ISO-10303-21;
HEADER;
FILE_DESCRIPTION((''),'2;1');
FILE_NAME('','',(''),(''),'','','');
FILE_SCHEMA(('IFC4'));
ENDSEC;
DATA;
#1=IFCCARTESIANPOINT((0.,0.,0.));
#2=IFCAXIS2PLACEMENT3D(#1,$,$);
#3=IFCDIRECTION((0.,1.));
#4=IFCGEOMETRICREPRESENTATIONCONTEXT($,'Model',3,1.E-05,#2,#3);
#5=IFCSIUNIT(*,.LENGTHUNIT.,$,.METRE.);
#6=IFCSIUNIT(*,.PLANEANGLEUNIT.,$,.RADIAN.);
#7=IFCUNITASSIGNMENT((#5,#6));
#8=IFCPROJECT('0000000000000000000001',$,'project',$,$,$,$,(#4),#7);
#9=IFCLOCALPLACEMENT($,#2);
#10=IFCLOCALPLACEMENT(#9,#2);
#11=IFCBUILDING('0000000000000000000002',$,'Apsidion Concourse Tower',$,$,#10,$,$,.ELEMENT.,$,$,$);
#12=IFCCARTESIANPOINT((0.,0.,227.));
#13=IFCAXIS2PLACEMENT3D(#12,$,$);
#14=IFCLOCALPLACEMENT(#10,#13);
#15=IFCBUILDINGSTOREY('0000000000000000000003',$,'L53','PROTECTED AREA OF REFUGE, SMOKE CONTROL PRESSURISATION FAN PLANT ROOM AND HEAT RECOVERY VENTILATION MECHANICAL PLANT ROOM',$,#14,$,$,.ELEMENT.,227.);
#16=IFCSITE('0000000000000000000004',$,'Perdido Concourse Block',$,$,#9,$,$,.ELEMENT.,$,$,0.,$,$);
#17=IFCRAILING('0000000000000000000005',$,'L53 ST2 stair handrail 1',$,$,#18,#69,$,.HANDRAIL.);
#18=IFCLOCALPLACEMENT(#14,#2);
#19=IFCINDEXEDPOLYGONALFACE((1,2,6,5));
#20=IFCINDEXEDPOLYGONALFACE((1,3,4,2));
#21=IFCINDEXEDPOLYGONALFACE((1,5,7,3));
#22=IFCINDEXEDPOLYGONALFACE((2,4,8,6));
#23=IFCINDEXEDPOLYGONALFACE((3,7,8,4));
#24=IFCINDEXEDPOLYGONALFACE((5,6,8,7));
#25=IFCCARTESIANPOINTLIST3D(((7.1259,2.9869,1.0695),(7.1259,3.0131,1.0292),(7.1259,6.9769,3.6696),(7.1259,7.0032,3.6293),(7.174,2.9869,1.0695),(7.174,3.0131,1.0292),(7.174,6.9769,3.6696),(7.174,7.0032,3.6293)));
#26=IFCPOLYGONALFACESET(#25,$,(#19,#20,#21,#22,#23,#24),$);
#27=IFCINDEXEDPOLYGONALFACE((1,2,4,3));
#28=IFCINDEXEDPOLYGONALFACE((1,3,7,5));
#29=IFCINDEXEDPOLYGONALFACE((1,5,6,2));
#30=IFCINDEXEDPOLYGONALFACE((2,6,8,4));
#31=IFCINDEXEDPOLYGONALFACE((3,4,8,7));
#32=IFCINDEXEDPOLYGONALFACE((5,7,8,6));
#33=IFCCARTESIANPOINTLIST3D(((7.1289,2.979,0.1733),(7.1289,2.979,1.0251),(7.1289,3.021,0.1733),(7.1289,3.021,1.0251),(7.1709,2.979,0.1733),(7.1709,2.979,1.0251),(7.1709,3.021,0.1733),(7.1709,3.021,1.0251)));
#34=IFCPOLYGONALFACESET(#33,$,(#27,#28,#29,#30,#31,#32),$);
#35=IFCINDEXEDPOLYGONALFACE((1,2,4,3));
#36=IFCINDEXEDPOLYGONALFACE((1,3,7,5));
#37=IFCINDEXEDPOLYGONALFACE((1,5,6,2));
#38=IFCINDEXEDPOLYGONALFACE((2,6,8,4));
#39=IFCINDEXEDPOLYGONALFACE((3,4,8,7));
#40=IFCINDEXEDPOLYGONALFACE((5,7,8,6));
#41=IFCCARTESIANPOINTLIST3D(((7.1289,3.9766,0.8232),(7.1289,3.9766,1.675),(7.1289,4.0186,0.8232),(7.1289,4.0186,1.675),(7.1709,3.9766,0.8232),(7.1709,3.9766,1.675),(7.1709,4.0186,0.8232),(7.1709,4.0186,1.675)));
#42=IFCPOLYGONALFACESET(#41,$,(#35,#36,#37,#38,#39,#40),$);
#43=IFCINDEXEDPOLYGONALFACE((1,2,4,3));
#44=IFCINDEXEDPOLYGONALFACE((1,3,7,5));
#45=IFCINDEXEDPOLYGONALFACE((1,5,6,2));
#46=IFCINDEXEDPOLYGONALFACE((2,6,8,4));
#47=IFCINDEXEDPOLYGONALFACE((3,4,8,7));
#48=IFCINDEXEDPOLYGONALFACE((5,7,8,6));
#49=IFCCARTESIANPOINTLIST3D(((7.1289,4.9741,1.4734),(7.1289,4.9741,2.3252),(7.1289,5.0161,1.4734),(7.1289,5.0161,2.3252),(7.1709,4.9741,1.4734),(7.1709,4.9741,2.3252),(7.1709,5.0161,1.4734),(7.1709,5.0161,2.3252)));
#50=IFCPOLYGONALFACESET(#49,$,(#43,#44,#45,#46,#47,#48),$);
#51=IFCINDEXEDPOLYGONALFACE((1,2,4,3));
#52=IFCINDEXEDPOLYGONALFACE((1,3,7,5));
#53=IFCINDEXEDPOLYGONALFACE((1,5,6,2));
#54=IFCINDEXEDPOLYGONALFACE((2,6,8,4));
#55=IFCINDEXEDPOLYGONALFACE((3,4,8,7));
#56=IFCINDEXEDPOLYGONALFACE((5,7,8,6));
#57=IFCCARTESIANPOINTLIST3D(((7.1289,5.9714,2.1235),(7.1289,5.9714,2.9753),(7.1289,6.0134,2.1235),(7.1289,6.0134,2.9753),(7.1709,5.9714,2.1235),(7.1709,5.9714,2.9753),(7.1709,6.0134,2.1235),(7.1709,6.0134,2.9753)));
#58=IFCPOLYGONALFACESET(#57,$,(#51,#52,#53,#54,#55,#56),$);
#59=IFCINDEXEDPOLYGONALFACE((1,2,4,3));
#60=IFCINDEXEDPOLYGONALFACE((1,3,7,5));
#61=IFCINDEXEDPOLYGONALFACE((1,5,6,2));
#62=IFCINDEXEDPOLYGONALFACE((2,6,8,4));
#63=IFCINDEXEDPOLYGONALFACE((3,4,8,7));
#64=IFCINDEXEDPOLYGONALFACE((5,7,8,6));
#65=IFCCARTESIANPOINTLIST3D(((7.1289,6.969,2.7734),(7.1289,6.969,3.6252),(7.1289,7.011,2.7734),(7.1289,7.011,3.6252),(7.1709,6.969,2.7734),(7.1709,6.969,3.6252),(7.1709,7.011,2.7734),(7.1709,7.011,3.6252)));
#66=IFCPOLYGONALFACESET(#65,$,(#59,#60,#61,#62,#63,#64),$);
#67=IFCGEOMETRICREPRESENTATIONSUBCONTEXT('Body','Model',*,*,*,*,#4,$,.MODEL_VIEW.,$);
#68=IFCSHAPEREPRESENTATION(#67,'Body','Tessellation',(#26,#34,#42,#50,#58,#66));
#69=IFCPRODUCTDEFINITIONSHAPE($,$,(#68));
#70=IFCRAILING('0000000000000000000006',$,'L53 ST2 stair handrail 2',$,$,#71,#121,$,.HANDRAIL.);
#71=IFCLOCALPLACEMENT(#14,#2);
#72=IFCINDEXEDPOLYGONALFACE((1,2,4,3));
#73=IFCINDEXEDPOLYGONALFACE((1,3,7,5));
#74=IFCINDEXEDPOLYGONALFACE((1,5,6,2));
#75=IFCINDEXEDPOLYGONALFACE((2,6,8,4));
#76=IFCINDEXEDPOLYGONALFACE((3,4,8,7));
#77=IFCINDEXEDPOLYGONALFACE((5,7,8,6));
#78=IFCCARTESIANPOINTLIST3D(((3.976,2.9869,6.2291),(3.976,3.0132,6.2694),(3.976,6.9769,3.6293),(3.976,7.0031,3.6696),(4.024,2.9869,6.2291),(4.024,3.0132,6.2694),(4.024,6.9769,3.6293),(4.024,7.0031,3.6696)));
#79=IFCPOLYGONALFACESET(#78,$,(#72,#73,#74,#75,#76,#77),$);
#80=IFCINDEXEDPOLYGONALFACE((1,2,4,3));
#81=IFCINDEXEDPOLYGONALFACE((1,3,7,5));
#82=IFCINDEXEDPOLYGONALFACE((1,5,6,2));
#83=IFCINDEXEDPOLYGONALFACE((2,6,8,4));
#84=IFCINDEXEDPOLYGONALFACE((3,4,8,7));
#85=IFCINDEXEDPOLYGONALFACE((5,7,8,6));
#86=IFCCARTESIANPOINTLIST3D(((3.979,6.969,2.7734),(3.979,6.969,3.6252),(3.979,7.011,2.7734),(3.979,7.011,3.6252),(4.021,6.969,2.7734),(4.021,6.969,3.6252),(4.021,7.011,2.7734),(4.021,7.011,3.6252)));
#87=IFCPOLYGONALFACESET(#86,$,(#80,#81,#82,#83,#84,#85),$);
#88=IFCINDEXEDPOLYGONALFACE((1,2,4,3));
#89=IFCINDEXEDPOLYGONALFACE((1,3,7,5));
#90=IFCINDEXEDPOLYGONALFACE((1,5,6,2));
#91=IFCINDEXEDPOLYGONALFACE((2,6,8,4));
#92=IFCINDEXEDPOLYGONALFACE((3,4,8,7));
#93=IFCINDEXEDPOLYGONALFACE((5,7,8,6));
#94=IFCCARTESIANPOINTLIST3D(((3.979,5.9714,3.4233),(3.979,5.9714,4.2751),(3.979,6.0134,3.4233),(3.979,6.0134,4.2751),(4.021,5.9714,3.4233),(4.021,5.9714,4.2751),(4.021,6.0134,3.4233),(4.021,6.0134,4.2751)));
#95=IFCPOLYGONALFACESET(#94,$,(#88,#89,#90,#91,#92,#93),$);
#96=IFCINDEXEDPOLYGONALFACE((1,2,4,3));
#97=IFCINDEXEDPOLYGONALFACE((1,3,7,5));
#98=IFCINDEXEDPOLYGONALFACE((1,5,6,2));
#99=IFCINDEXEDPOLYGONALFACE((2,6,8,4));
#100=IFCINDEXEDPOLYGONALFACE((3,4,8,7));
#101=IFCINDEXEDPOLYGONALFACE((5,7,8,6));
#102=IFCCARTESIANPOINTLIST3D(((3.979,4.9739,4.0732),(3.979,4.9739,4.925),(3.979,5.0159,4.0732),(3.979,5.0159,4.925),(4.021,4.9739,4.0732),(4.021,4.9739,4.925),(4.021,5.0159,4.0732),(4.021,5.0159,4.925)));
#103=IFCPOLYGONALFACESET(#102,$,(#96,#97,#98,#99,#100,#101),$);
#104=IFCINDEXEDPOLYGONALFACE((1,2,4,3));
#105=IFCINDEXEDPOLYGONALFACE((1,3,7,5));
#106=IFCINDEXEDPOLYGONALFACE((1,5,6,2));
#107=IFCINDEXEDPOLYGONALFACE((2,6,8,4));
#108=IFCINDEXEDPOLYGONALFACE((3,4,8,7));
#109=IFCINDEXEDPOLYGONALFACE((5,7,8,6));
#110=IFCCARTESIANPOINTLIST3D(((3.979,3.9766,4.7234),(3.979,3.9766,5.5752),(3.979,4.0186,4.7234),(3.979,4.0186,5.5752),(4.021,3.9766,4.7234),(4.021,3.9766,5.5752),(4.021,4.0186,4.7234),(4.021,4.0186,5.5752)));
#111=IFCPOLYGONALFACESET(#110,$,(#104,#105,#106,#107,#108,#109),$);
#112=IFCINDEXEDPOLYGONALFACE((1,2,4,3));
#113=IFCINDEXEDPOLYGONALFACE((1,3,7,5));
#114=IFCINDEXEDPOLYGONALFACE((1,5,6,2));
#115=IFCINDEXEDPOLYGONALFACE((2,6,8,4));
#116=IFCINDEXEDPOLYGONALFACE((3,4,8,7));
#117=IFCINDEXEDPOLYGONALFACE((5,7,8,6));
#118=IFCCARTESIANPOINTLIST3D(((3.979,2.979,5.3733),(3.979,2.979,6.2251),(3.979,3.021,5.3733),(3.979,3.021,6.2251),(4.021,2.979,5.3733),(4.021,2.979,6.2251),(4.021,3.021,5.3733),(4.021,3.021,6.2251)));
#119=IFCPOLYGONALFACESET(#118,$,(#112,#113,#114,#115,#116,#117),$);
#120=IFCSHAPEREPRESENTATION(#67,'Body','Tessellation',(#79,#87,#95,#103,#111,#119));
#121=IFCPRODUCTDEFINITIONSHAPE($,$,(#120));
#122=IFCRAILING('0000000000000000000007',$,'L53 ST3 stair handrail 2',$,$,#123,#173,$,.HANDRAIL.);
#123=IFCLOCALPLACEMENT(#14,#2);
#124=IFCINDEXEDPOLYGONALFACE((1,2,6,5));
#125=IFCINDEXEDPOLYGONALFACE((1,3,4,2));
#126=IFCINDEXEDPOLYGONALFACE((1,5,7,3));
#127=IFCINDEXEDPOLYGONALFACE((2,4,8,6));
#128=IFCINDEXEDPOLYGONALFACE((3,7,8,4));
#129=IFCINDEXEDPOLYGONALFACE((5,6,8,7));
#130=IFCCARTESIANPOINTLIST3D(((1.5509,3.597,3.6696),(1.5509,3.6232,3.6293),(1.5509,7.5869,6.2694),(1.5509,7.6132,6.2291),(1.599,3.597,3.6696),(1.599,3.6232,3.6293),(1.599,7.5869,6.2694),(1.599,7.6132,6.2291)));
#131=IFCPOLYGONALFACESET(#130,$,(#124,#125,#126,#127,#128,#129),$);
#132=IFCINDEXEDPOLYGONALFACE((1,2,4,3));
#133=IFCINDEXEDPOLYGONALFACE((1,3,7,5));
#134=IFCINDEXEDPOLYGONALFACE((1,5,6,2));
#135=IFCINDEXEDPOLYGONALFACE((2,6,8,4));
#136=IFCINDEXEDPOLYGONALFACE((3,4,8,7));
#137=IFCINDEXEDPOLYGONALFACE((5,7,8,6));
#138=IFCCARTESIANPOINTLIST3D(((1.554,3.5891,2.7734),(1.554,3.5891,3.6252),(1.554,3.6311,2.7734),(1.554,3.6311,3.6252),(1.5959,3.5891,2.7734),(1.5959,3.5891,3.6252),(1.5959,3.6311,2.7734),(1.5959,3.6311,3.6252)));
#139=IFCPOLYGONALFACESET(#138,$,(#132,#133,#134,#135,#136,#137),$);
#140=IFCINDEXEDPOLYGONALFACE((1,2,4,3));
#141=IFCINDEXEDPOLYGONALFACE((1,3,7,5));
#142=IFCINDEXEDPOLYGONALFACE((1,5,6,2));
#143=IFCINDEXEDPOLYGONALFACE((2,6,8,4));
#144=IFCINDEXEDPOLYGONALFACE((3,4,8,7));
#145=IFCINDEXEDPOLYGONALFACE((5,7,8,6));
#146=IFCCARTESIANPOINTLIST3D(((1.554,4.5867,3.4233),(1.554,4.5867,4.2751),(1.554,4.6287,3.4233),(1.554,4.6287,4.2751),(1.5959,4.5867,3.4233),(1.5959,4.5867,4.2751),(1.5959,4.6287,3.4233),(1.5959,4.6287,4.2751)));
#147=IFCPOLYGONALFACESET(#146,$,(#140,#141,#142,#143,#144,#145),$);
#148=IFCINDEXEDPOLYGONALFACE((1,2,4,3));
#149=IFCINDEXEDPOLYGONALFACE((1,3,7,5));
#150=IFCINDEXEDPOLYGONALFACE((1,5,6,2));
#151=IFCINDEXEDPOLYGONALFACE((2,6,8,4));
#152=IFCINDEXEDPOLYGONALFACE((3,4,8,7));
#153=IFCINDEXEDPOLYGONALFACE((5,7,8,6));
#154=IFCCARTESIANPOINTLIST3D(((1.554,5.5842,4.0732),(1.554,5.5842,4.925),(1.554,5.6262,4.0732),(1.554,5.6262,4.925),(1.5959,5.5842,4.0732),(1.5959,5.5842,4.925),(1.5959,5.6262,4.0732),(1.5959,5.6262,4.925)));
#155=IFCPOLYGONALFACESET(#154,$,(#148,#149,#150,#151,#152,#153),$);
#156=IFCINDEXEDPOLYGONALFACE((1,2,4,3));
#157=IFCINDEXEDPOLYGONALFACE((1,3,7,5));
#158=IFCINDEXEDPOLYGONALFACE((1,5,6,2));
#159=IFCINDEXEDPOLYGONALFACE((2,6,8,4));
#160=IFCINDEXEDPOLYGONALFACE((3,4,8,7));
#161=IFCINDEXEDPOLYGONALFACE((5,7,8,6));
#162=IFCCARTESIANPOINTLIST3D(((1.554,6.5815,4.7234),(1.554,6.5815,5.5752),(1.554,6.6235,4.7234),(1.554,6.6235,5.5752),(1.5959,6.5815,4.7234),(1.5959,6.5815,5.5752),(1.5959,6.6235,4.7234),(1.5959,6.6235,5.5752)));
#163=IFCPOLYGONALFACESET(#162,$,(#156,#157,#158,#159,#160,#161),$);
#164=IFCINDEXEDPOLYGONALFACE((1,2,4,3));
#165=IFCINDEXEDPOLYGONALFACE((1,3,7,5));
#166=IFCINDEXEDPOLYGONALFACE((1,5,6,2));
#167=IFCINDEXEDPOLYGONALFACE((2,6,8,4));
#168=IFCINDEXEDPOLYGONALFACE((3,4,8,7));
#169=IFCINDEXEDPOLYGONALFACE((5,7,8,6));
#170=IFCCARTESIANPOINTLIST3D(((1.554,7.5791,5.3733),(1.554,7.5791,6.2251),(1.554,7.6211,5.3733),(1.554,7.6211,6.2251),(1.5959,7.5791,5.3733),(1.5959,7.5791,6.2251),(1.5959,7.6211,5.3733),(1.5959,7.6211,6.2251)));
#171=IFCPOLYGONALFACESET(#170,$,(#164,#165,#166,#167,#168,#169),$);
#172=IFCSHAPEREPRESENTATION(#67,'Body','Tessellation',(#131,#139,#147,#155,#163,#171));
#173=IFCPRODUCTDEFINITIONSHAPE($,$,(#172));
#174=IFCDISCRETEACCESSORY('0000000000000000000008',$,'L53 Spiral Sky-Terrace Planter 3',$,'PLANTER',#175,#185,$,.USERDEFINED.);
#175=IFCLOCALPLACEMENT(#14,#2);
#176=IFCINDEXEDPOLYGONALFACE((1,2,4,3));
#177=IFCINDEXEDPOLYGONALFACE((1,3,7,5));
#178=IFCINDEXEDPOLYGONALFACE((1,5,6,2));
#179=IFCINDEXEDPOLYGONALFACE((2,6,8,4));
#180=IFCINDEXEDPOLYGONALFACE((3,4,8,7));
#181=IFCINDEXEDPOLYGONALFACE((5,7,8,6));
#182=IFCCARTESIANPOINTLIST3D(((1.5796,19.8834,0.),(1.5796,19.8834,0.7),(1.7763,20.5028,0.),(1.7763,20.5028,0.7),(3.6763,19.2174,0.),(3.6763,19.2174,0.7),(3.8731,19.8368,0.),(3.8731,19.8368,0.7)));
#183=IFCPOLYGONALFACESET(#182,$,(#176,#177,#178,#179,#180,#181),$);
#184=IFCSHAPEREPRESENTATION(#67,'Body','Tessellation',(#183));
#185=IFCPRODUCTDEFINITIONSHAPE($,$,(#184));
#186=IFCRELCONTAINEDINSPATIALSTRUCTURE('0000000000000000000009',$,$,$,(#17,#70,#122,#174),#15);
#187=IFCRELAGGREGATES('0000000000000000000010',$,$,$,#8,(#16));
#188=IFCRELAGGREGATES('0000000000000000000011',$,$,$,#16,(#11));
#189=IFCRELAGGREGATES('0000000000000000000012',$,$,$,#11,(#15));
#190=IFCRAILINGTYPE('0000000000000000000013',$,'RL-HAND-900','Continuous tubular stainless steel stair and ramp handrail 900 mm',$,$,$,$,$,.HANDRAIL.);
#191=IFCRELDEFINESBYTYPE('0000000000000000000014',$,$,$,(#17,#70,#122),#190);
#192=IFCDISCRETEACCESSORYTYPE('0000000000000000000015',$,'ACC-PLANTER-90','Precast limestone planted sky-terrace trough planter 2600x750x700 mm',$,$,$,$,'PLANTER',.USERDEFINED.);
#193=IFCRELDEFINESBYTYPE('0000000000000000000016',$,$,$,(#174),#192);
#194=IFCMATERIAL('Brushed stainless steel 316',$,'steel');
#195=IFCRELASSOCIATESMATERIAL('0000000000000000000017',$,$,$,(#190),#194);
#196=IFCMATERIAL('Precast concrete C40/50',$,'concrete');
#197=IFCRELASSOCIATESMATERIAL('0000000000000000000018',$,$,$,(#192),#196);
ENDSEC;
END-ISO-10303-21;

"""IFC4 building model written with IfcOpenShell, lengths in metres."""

from ifc_helpers import new_model, si_unit, direction, frame, origin, origin_2d, place, context, subcontext, project, spatial, rectangle, extrude, material, type_object, element, save


model = new_model("IFC4")

# Units and contexts
model_context = context("Model", 3, precision=1e-05, world=origin(), true_north=direction((0.0, 1.0)))
body_context = subcontext(model_context, "Body", "Model", "MODEL_VIEW")
ifc_project = project(units=[si_unit("LENGTHUNIT", "METRE"), si_unit("PLANEANGLEUNIT", "RADIAN")], contexts=[model_context])

# Site, building, storey
site_placement = place(None, origin())
site = spatial("IfcSite", under=ifc_project, at=site_placement, Name="Perdido Concourse Block", CompositionType="ELEMENT", RefElevation=0.0)
building_placement = place(site_placement, origin())
building = spatial("IfcBuilding", under=site, at=building_placement, Name="Apsidion Concourse Tower", CompositionType="ELEMENT")
storey_placement = place(building_placement, frame((0.0, 0.0, 227.0)))
storey = spatial("IfcBuildingStorey", under=building, at=storey_placement, Name="L53", Description="PROTECTED AREA OF REFUGE, SMOKE CONTROL PRESSURISATION FAN PLANT ROOM AND HEAT RECOVERY VENTILATION MECHANICAL PLANT ROOM", CompositionType="ELEMENT", Elevation=227.0)

# Shared definitions
ifc_material_1 = material(Name="Brushed stainless steel 316", Category="steel")

# Shared definitions
ifc_material_2 = material(Name="Precast concrete C40/50", Category="concrete")

# Railings
railing_type_1 = type_object("IfcRailingType", Name="RL-HAND-900", Description="Continuous tubular stainless steel stair and ramp handrail 900 mm", PredefinedType="HANDRAIL", material=ifc_material_1)
railing_1_placement = place(storey_placement, frame((7.1499, 3.0, 0.1733)))
element("IfcRailing", 1, at=railing_1_placement, inside=storey, type_object=railing_type_1, Name="L53 ST2 stair handrail 1", PredefinedType="HANDRAIL", context=body_context, shape_type="SweptSolid", body=[
    extrude(rectangle(XDim=0.0481, YDim=0.0481, at=origin_2d()), frame((0.0, 0.0, 0.876), z_axis=(0.0, 0.837809, 0.545963), x_axis=(-1.0, 0.0, 0.0)), (0.0, 0.0, 1.0), 4.7625),
    extrude(rectangle(XDim=0.042, YDim=0.042, at=origin_2d()), origin(), (0.0, 0.0, 1.0), 0.8518),
    extrude(rectangle(XDim=0.042, YDim=0.042, at=origin_2d()), frame((0.0, 0.9976, 0.6499)), (0.0, 0.0, 1.0), 0.8518),
    extrude(rectangle(XDim=0.042, YDim=0.042, at=origin_2d()), frame((0.0, 1.9951, 1.3)), (0.0, 0.0, 1.0), 0.8518),
    extrude(rectangle(XDim=0.042, YDim=0.042, at=origin_2d()), frame((0.0, 2.9924, 1.9502)), (0.0, 0.0, 1.0), 0.8518),
    extrude(rectangle(XDim=0.042, YDim=0.042, at=origin_2d()), frame((0.0, 3.99, 2.6001)), (0.0, 0.0, 1.0), 0.8518),
])
railing_2_placement = place(storey_placement, frame((4.0, 6.99, 2.7734)))
element("IfcRailing", 2, at=railing_2_placement, inside=storey, type_object=railing_type_1, Name="L53 ST2 stair handrail 2", PredefinedType="HANDRAIL", context=body_context, shape_type="SweptSolid", body=[
    extrude(rectangle(XDim=0.0481, YDim=0.0481, at=origin_2d()), frame((0.0, 0.0, 0.876), z_axis=(0.0, -0.837833, 0.545927), x_axis=(1.0, 0.0, 0.0)), (0.0, 0.0, 1.0), 4.7622),
    extrude(rectangle(XDim=0.042, YDim=0.042, at=origin_2d()), origin(), (0.0, 0.0, 1.0), 0.8518),
    extrude(rectangle(XDim=0.042, YDim=0.042, at=origin_2d()), frame((0.0, -0.9976, 0.6499)), (0.0, 0.0, 1.0), 0.8518),
    extrude(rectangle(XDim=0.042, YDim=0.042, at=origin_2d()), frame((0.0, -1.9951, 1.2998)), (0.0, 0.0, 1.0), 0.8518),
    extrude(rectangle(XDim=0.042, YDim=0.042, at=origin_2d()), frame((0.0, -2.9924, 1.95)), (0.0, 0.0, 1.0), 0.8518),
    extrude(rectangle(XDim=0.042, YDim=0.042, at=origin_2d()), frame((0.0, -3.99, 2.5999)), (0.0, 0.0, 1.0), 0.8518),
])
railing_3_placement = place(storey_placement, frame((1.575, 3.6101, 2.7734)))
element("IfcRailing", 3, at=railing_3_placement, inside=storey, type_object=railing_type_1, Name="L53 ST3 stair handrail 2", PredefinedType="HANDRAIL", context=body_context, shape_type="SweptSolid", body=[
    extrude(rectangle(XDim=0.0481, YDim=0.0481, at=origin_2d()), frame((0.0, 0.0, 0.876), z_axis=(0.0, 0.837833, 0.545927), x_axis=(-1.0, 0.0, 0.0)), (0.0, 0.0, 1.0), 4.7622),
    extrude(rectangle(XDim=0.042, YDim=0.042, at=origin_2d()), origin(), (0.0, 0.0, 1.0), 0.8518),
    extrude(rectangle(XDim=0.042, YDim=0.042, at=origin_2d()), frame((0.0, 0.9976, 0.6499)), (0.0, 0.0, 1.0), 0.8518),
    extrude(rectangle(XDim=0.042, YDim=0.042, at=origin_2d()), frame((0.0, 1.9951, 1.2998)), (0.0, 0.0, 1.0), 0.8518),
    extrude(rectangle(XDim=0.042, YDim=0.042, at=origin_2d()), frame((0.0, 2.9924, 1.95)), (0.0, 0.0, 1.0), 0.8518),
    extrude(rectangle(XDim=0.042, YDim=0.042, at=origin_2d()), frame((0.0, 3.99, 2.5999)), (0.0, 0.0, 1.0), 0.8518),
])

# Discrete accessory
discrete_accessory_type = type_object("IfcDiscreteAccessoryType", Name="ACC-PLANTER-90", Description="Precast limestone planted sky-terrace trough planter 2600x750x700 mm", ElementType="PLANTER", PredefinedType="USERDEFINED", material=ifc_material_2)
discrete_accessory_placement = place(storey_placement, frame((2.7263, 19.8601, 0.0), z_axis=(0.0, 0.0, 1.0), x_axis=(-0.953085, 0.302703, 0.0)))
element("IfcDiscreteAccessory", 4, at=discrete_accessory_placement, inside=storey, type_object=discrete_accessory_type, Name="L53 Spiral Sky-Terrace Planter 3", ObjectType="PLANTER", PredefinedType="USERDEFINED", context=body_context, shape_type="SweptSolid", body=[
    extrude(rectangle(XDim=2.2, YDim=0.6499, at=origin_2d()), origin(), (0.0, 0.0, 1.0), 0.7),
])

save(model, "model.ifc")
